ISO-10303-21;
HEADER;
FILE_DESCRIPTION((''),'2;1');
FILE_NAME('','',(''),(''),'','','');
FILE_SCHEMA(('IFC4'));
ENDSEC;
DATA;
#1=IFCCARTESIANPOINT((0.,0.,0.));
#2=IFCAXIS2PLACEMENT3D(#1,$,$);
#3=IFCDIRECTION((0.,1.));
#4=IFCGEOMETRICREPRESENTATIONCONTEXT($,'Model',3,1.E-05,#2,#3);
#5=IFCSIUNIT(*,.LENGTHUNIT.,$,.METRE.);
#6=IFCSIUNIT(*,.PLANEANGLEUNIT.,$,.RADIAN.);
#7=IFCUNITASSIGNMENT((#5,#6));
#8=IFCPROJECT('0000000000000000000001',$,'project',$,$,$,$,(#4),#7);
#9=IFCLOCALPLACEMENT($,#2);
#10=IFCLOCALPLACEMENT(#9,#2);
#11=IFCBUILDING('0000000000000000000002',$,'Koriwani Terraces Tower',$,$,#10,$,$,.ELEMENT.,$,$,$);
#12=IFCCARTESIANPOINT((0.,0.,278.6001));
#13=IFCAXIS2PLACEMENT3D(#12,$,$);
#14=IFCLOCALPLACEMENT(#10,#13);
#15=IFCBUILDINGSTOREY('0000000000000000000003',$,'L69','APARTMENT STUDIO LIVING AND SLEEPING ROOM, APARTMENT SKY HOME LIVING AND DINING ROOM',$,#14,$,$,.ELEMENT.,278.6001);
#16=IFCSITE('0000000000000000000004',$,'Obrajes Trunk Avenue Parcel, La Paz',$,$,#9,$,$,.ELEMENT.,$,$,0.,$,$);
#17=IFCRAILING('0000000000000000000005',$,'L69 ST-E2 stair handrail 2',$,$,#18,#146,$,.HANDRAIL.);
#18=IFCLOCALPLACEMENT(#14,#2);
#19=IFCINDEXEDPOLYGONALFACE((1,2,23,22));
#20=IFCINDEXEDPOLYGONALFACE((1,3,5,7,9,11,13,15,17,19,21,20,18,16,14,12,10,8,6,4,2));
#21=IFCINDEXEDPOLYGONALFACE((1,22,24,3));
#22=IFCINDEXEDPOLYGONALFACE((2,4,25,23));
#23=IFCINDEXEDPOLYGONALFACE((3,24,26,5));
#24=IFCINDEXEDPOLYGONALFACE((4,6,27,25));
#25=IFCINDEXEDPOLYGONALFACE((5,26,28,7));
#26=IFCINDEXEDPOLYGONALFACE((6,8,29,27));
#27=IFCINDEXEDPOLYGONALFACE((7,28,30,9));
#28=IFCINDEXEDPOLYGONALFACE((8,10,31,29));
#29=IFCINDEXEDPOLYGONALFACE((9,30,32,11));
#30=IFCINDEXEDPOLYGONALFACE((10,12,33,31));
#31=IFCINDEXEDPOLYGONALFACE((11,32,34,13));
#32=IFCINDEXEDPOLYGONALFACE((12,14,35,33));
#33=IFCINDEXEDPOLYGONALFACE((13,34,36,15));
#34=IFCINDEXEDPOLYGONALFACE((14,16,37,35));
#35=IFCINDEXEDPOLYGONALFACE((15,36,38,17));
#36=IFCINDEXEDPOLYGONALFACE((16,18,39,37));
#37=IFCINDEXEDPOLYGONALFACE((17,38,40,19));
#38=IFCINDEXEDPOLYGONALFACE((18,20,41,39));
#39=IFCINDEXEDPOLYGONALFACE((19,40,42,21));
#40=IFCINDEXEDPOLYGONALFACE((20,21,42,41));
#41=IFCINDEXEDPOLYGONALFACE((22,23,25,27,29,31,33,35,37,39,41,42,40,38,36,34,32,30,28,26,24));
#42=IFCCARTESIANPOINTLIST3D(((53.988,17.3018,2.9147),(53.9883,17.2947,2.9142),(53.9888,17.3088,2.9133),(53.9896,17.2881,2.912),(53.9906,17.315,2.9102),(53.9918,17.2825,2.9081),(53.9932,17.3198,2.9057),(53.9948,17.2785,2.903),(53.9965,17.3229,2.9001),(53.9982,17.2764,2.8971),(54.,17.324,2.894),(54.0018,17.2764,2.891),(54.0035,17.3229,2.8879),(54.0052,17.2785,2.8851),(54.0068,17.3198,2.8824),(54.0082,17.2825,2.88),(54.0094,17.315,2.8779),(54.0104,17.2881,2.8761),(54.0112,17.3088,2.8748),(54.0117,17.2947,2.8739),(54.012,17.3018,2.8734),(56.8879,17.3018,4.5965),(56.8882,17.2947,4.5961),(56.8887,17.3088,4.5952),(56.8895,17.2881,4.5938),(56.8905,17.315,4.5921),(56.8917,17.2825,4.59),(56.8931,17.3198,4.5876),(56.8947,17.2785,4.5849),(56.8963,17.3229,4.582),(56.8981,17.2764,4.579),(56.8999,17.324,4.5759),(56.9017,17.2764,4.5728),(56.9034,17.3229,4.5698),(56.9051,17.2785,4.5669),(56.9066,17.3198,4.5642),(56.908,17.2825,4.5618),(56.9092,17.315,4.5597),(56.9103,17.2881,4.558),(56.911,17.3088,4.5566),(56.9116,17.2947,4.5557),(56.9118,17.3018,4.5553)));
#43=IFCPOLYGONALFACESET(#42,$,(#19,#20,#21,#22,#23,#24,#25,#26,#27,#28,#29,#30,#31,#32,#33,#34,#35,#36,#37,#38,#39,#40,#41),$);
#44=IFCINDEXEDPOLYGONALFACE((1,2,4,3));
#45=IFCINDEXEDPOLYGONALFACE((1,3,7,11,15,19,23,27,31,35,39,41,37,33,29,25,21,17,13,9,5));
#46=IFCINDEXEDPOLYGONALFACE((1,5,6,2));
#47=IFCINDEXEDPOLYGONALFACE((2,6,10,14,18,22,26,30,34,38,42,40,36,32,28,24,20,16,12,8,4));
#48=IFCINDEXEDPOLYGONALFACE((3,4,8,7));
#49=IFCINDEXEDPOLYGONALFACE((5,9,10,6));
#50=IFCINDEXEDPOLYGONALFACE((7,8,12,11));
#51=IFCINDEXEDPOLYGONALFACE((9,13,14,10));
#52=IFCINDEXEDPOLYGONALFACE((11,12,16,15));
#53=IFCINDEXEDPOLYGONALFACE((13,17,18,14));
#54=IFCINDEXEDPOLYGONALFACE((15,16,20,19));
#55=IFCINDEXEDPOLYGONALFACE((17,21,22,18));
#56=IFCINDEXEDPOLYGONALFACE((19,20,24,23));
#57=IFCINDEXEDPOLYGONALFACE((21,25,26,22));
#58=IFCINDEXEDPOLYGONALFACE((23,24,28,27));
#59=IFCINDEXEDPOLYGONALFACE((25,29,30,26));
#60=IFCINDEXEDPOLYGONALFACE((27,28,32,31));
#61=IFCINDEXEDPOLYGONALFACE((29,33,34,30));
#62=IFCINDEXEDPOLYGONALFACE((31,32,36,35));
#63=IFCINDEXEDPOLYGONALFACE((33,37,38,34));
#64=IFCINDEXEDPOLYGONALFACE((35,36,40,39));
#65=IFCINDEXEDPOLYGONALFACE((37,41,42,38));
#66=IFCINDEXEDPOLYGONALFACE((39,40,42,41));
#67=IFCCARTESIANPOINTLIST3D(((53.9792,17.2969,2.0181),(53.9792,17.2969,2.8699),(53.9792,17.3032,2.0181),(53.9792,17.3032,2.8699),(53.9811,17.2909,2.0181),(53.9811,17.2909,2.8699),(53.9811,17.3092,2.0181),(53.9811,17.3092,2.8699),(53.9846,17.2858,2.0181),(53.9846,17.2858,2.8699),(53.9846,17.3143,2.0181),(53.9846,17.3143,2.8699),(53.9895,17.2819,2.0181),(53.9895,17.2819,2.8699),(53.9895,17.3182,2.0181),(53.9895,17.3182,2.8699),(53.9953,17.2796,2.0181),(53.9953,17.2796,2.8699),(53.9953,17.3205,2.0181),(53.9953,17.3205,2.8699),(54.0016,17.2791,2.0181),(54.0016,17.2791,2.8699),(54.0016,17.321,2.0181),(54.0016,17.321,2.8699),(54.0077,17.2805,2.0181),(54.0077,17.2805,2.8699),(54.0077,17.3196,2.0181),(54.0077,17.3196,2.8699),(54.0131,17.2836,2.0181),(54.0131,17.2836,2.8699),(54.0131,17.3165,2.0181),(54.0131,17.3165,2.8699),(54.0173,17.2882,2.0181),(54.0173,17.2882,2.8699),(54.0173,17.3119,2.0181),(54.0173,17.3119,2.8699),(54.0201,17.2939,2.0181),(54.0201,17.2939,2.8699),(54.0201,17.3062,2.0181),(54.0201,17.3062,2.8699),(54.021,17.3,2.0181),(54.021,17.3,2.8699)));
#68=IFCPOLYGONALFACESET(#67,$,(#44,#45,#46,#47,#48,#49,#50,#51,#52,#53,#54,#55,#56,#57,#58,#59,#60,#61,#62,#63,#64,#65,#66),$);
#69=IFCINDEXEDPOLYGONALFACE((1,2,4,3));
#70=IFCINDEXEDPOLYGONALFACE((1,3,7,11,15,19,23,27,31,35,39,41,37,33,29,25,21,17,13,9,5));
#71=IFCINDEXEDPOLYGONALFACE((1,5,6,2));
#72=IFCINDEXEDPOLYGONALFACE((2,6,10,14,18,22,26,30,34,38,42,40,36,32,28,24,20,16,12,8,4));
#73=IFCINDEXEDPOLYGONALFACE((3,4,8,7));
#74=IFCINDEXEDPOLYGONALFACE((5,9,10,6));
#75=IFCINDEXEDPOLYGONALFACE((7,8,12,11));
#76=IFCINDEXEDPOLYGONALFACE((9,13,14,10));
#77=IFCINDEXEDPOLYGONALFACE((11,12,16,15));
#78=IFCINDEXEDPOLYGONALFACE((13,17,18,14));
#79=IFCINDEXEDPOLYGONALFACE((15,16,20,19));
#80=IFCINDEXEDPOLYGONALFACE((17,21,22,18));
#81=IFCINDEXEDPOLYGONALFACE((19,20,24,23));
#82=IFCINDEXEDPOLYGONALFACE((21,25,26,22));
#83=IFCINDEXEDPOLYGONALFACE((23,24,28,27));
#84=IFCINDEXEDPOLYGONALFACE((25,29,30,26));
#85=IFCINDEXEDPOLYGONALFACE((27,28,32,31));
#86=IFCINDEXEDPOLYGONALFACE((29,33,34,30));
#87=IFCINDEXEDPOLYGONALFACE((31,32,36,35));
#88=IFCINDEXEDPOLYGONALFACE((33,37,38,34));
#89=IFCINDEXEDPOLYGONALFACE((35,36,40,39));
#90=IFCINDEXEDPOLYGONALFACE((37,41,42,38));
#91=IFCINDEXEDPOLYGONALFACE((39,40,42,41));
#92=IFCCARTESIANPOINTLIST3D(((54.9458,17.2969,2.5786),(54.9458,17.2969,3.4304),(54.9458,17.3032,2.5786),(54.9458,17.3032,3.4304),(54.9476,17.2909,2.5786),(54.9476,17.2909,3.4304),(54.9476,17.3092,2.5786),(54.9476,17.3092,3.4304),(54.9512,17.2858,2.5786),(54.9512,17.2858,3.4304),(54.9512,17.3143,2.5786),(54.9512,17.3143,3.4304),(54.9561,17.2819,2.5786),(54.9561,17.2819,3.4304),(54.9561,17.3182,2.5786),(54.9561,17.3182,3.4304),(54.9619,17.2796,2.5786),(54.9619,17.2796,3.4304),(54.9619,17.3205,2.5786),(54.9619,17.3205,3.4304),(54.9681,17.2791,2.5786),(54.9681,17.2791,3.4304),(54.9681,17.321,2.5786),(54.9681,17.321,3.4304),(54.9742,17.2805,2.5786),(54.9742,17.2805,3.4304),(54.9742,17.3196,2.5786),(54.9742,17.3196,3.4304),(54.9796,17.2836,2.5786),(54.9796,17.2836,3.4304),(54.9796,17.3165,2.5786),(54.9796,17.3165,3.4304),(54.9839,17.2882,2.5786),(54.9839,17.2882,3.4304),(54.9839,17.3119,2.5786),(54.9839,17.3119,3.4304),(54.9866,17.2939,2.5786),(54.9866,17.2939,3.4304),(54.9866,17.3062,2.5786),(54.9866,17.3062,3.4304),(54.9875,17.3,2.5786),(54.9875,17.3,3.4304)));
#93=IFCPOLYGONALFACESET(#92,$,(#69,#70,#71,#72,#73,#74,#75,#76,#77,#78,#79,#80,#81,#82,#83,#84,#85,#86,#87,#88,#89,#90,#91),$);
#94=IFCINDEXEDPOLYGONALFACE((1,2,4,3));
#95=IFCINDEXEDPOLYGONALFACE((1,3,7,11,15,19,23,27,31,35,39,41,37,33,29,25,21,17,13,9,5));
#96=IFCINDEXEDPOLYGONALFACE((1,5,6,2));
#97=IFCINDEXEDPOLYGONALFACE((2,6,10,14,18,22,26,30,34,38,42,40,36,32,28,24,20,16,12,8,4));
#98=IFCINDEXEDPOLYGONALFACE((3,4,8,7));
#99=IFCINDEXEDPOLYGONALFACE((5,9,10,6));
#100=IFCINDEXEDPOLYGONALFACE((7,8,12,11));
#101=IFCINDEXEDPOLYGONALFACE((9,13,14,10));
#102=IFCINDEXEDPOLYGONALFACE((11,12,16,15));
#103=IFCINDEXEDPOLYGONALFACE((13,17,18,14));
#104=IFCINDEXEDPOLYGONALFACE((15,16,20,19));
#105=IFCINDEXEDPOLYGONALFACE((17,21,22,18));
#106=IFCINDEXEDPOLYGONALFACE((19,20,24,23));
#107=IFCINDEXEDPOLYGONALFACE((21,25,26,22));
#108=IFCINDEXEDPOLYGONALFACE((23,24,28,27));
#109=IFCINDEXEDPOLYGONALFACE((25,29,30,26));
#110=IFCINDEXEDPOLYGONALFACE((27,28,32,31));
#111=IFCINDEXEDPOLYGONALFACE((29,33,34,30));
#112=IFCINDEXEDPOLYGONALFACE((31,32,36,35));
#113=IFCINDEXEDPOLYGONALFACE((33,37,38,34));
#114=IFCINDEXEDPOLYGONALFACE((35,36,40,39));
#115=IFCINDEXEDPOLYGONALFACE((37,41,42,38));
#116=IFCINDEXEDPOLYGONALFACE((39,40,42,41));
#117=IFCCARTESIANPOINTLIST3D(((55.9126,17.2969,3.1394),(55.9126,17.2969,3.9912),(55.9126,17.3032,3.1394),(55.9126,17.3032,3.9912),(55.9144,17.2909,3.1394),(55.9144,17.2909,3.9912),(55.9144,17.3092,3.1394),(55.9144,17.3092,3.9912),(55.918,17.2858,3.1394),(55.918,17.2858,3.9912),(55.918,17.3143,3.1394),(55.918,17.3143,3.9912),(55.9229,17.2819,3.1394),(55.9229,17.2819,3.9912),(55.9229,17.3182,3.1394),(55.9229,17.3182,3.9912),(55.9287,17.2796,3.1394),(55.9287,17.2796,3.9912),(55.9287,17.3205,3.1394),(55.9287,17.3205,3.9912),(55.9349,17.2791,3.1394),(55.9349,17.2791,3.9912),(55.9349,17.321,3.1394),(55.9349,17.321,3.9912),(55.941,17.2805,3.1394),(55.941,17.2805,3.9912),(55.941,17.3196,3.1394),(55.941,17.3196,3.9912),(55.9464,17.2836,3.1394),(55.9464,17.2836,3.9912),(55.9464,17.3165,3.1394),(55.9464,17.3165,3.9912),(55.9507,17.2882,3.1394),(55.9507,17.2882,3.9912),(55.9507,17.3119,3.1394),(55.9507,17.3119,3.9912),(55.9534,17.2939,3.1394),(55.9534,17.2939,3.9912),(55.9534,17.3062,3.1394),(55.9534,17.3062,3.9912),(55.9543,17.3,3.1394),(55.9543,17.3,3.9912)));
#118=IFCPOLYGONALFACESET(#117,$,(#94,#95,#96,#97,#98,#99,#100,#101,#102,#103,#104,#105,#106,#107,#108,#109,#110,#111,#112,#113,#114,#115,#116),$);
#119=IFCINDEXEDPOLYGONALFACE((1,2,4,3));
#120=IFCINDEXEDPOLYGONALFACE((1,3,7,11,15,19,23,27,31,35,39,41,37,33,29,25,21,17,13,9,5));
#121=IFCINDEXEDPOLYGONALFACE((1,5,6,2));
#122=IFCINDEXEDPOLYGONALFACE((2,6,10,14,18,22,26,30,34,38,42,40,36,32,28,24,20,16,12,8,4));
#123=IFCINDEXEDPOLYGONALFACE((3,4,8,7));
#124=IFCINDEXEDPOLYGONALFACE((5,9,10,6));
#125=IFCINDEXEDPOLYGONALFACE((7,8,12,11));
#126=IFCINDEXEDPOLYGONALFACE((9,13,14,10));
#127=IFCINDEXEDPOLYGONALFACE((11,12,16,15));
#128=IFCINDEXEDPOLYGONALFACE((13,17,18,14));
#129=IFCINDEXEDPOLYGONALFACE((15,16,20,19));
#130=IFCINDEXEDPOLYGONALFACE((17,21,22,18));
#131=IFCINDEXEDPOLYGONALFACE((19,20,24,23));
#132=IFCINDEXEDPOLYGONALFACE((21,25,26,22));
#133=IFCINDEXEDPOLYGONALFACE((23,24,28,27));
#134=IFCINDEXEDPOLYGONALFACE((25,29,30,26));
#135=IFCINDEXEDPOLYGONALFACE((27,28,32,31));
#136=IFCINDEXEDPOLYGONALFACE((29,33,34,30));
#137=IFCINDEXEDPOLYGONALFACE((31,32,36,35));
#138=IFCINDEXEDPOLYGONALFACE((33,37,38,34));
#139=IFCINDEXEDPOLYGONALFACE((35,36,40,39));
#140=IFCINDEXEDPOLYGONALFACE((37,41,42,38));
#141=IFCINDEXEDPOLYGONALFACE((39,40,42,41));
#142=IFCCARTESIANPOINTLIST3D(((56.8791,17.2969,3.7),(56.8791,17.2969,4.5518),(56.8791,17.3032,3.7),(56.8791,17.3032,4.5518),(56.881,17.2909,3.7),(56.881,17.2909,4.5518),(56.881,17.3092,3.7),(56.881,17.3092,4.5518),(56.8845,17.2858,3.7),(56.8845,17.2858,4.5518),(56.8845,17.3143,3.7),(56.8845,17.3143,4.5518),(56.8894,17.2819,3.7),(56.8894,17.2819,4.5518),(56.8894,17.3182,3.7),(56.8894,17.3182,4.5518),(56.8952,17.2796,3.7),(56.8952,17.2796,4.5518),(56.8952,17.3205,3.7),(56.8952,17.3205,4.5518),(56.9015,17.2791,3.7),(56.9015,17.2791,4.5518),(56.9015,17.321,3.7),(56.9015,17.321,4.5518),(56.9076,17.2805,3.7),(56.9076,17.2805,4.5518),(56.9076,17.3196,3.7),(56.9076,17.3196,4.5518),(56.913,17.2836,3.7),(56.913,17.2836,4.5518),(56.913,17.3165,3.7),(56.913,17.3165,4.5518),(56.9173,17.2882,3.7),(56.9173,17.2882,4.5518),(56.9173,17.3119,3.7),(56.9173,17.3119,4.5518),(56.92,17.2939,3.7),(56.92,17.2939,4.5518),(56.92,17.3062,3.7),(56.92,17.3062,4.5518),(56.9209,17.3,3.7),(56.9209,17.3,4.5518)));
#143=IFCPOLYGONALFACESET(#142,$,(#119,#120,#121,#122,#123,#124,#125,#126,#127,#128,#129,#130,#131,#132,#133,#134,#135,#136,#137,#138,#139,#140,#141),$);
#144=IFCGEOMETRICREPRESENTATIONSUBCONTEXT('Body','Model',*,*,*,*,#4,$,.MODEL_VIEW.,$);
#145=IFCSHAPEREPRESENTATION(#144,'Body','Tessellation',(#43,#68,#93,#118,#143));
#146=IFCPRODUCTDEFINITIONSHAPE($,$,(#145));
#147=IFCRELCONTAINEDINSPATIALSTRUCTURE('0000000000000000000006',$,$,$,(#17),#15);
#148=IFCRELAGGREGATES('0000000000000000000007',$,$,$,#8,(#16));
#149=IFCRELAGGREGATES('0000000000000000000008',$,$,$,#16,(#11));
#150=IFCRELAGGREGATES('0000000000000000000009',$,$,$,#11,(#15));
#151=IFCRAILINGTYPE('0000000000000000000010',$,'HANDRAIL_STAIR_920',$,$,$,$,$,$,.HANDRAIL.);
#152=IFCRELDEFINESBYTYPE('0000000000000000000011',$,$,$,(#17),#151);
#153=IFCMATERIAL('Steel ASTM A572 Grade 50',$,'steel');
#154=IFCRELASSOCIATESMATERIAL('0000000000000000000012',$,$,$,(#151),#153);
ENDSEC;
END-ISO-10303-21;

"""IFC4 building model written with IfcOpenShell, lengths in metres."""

from ifc_helpers import new_model, si_unit, direction, frame, origin, origin_2d, place, context, subcontext, project, spatial, circle, extrude, material, type_object, element, save


model = new_model("IFC4")

# Units and contexts
model_context = context("Model", 3, precision=1e-05, world=origin(), true_north=direction((0.0, 1.0)))
body_context = subcontext(model_context, "Body", "Model", "MODEL_VIEW")
ifc_project = project(units=[si_unit("LENGTHUNIT", "METRE"), si_unit("PLANEANGLEUNIT", "RADIAN")], contexts=[model_context])

# Site, building, storey
site_placement = place(None, origin())
site = spatial("IfcSite", under=ifc_project, at=site_placement, Name="Obrajes Trunk Avenue Parcel, La Paz", CompositionType="ELEMENT", RefElevation=0.0)
building_placement = place(site_placement, origin())
building = spatial("IfcBuilding", under=site, at=building_placement, Name="Koriwani Terraces Tower", CompositionType="ELEMENT")
storey_placement = place(building_placement, frame((0.0, 0.0, 278.6001)))
storey = spatial("IfcBuildingStorey", under=building, at=storey_placement, Name="L69", Description="APARTMENT STUDIO LIVING AND SLEEPING ROOM, APARTMENT SKY HOME LIVING AND DINING ROOM", CompositionType="ELEMENT", Elevation=278.6001)

# Shared definitions
ifc_material_1 = material(Name="Steel ASTM A572 Grade 50", Category="steel")

# Railing
railing_type_1 = type_object("IfcRailingType", Name="HANDRAIL_STAIR_920", PredefinedType="HANDRAIL", material=ifc_material_1)
railing_1_placement = place(storey_placement, frame((54.0, 17.3, 2.0181)))
element("IfcRailing", 1, at=railing_1_placement, inside=storey, type_object=railing_type_1, Name="L69 ST-E2 stair handrail 2", PredefinedType="HANDRAIL", context=body_context, shape_type="SweptSolid", body=[
    extrude(circle(Radius=0.0239, at=origin_2d()), frame((0.0, 0.0, 0.876), z_axis=(0.865039, 0.0, 0.501705), x_axis=(0.0, 1.0, 0.0)), (0.0, 0.0, 1.0), 3.3523),
    extrude(circle(Radius=0.021, at=origin_2d()), origin(), (0.0, 0.0, 1.0), 0.8518),
    extrude(circle(Radius=0.021, at=origin_2d()), frame((0.9666, 0.0, 0.5605)), (0.0, 0.0, 1.0), 0.8518),
    extrude(circle(Radius=0.021, at=origin_2d()), frame((1.9333, 0.0, 1.1213)), (0.0, 0.0, 1.0), 0.8518),
    extrude(circle(Radius=0.021, at=origin_2d()), frame((2.8999, 0.0, 1.6819)), (0.0, 0.0, 1.0), 0.8518),
])

save(model, "model.ifc")
